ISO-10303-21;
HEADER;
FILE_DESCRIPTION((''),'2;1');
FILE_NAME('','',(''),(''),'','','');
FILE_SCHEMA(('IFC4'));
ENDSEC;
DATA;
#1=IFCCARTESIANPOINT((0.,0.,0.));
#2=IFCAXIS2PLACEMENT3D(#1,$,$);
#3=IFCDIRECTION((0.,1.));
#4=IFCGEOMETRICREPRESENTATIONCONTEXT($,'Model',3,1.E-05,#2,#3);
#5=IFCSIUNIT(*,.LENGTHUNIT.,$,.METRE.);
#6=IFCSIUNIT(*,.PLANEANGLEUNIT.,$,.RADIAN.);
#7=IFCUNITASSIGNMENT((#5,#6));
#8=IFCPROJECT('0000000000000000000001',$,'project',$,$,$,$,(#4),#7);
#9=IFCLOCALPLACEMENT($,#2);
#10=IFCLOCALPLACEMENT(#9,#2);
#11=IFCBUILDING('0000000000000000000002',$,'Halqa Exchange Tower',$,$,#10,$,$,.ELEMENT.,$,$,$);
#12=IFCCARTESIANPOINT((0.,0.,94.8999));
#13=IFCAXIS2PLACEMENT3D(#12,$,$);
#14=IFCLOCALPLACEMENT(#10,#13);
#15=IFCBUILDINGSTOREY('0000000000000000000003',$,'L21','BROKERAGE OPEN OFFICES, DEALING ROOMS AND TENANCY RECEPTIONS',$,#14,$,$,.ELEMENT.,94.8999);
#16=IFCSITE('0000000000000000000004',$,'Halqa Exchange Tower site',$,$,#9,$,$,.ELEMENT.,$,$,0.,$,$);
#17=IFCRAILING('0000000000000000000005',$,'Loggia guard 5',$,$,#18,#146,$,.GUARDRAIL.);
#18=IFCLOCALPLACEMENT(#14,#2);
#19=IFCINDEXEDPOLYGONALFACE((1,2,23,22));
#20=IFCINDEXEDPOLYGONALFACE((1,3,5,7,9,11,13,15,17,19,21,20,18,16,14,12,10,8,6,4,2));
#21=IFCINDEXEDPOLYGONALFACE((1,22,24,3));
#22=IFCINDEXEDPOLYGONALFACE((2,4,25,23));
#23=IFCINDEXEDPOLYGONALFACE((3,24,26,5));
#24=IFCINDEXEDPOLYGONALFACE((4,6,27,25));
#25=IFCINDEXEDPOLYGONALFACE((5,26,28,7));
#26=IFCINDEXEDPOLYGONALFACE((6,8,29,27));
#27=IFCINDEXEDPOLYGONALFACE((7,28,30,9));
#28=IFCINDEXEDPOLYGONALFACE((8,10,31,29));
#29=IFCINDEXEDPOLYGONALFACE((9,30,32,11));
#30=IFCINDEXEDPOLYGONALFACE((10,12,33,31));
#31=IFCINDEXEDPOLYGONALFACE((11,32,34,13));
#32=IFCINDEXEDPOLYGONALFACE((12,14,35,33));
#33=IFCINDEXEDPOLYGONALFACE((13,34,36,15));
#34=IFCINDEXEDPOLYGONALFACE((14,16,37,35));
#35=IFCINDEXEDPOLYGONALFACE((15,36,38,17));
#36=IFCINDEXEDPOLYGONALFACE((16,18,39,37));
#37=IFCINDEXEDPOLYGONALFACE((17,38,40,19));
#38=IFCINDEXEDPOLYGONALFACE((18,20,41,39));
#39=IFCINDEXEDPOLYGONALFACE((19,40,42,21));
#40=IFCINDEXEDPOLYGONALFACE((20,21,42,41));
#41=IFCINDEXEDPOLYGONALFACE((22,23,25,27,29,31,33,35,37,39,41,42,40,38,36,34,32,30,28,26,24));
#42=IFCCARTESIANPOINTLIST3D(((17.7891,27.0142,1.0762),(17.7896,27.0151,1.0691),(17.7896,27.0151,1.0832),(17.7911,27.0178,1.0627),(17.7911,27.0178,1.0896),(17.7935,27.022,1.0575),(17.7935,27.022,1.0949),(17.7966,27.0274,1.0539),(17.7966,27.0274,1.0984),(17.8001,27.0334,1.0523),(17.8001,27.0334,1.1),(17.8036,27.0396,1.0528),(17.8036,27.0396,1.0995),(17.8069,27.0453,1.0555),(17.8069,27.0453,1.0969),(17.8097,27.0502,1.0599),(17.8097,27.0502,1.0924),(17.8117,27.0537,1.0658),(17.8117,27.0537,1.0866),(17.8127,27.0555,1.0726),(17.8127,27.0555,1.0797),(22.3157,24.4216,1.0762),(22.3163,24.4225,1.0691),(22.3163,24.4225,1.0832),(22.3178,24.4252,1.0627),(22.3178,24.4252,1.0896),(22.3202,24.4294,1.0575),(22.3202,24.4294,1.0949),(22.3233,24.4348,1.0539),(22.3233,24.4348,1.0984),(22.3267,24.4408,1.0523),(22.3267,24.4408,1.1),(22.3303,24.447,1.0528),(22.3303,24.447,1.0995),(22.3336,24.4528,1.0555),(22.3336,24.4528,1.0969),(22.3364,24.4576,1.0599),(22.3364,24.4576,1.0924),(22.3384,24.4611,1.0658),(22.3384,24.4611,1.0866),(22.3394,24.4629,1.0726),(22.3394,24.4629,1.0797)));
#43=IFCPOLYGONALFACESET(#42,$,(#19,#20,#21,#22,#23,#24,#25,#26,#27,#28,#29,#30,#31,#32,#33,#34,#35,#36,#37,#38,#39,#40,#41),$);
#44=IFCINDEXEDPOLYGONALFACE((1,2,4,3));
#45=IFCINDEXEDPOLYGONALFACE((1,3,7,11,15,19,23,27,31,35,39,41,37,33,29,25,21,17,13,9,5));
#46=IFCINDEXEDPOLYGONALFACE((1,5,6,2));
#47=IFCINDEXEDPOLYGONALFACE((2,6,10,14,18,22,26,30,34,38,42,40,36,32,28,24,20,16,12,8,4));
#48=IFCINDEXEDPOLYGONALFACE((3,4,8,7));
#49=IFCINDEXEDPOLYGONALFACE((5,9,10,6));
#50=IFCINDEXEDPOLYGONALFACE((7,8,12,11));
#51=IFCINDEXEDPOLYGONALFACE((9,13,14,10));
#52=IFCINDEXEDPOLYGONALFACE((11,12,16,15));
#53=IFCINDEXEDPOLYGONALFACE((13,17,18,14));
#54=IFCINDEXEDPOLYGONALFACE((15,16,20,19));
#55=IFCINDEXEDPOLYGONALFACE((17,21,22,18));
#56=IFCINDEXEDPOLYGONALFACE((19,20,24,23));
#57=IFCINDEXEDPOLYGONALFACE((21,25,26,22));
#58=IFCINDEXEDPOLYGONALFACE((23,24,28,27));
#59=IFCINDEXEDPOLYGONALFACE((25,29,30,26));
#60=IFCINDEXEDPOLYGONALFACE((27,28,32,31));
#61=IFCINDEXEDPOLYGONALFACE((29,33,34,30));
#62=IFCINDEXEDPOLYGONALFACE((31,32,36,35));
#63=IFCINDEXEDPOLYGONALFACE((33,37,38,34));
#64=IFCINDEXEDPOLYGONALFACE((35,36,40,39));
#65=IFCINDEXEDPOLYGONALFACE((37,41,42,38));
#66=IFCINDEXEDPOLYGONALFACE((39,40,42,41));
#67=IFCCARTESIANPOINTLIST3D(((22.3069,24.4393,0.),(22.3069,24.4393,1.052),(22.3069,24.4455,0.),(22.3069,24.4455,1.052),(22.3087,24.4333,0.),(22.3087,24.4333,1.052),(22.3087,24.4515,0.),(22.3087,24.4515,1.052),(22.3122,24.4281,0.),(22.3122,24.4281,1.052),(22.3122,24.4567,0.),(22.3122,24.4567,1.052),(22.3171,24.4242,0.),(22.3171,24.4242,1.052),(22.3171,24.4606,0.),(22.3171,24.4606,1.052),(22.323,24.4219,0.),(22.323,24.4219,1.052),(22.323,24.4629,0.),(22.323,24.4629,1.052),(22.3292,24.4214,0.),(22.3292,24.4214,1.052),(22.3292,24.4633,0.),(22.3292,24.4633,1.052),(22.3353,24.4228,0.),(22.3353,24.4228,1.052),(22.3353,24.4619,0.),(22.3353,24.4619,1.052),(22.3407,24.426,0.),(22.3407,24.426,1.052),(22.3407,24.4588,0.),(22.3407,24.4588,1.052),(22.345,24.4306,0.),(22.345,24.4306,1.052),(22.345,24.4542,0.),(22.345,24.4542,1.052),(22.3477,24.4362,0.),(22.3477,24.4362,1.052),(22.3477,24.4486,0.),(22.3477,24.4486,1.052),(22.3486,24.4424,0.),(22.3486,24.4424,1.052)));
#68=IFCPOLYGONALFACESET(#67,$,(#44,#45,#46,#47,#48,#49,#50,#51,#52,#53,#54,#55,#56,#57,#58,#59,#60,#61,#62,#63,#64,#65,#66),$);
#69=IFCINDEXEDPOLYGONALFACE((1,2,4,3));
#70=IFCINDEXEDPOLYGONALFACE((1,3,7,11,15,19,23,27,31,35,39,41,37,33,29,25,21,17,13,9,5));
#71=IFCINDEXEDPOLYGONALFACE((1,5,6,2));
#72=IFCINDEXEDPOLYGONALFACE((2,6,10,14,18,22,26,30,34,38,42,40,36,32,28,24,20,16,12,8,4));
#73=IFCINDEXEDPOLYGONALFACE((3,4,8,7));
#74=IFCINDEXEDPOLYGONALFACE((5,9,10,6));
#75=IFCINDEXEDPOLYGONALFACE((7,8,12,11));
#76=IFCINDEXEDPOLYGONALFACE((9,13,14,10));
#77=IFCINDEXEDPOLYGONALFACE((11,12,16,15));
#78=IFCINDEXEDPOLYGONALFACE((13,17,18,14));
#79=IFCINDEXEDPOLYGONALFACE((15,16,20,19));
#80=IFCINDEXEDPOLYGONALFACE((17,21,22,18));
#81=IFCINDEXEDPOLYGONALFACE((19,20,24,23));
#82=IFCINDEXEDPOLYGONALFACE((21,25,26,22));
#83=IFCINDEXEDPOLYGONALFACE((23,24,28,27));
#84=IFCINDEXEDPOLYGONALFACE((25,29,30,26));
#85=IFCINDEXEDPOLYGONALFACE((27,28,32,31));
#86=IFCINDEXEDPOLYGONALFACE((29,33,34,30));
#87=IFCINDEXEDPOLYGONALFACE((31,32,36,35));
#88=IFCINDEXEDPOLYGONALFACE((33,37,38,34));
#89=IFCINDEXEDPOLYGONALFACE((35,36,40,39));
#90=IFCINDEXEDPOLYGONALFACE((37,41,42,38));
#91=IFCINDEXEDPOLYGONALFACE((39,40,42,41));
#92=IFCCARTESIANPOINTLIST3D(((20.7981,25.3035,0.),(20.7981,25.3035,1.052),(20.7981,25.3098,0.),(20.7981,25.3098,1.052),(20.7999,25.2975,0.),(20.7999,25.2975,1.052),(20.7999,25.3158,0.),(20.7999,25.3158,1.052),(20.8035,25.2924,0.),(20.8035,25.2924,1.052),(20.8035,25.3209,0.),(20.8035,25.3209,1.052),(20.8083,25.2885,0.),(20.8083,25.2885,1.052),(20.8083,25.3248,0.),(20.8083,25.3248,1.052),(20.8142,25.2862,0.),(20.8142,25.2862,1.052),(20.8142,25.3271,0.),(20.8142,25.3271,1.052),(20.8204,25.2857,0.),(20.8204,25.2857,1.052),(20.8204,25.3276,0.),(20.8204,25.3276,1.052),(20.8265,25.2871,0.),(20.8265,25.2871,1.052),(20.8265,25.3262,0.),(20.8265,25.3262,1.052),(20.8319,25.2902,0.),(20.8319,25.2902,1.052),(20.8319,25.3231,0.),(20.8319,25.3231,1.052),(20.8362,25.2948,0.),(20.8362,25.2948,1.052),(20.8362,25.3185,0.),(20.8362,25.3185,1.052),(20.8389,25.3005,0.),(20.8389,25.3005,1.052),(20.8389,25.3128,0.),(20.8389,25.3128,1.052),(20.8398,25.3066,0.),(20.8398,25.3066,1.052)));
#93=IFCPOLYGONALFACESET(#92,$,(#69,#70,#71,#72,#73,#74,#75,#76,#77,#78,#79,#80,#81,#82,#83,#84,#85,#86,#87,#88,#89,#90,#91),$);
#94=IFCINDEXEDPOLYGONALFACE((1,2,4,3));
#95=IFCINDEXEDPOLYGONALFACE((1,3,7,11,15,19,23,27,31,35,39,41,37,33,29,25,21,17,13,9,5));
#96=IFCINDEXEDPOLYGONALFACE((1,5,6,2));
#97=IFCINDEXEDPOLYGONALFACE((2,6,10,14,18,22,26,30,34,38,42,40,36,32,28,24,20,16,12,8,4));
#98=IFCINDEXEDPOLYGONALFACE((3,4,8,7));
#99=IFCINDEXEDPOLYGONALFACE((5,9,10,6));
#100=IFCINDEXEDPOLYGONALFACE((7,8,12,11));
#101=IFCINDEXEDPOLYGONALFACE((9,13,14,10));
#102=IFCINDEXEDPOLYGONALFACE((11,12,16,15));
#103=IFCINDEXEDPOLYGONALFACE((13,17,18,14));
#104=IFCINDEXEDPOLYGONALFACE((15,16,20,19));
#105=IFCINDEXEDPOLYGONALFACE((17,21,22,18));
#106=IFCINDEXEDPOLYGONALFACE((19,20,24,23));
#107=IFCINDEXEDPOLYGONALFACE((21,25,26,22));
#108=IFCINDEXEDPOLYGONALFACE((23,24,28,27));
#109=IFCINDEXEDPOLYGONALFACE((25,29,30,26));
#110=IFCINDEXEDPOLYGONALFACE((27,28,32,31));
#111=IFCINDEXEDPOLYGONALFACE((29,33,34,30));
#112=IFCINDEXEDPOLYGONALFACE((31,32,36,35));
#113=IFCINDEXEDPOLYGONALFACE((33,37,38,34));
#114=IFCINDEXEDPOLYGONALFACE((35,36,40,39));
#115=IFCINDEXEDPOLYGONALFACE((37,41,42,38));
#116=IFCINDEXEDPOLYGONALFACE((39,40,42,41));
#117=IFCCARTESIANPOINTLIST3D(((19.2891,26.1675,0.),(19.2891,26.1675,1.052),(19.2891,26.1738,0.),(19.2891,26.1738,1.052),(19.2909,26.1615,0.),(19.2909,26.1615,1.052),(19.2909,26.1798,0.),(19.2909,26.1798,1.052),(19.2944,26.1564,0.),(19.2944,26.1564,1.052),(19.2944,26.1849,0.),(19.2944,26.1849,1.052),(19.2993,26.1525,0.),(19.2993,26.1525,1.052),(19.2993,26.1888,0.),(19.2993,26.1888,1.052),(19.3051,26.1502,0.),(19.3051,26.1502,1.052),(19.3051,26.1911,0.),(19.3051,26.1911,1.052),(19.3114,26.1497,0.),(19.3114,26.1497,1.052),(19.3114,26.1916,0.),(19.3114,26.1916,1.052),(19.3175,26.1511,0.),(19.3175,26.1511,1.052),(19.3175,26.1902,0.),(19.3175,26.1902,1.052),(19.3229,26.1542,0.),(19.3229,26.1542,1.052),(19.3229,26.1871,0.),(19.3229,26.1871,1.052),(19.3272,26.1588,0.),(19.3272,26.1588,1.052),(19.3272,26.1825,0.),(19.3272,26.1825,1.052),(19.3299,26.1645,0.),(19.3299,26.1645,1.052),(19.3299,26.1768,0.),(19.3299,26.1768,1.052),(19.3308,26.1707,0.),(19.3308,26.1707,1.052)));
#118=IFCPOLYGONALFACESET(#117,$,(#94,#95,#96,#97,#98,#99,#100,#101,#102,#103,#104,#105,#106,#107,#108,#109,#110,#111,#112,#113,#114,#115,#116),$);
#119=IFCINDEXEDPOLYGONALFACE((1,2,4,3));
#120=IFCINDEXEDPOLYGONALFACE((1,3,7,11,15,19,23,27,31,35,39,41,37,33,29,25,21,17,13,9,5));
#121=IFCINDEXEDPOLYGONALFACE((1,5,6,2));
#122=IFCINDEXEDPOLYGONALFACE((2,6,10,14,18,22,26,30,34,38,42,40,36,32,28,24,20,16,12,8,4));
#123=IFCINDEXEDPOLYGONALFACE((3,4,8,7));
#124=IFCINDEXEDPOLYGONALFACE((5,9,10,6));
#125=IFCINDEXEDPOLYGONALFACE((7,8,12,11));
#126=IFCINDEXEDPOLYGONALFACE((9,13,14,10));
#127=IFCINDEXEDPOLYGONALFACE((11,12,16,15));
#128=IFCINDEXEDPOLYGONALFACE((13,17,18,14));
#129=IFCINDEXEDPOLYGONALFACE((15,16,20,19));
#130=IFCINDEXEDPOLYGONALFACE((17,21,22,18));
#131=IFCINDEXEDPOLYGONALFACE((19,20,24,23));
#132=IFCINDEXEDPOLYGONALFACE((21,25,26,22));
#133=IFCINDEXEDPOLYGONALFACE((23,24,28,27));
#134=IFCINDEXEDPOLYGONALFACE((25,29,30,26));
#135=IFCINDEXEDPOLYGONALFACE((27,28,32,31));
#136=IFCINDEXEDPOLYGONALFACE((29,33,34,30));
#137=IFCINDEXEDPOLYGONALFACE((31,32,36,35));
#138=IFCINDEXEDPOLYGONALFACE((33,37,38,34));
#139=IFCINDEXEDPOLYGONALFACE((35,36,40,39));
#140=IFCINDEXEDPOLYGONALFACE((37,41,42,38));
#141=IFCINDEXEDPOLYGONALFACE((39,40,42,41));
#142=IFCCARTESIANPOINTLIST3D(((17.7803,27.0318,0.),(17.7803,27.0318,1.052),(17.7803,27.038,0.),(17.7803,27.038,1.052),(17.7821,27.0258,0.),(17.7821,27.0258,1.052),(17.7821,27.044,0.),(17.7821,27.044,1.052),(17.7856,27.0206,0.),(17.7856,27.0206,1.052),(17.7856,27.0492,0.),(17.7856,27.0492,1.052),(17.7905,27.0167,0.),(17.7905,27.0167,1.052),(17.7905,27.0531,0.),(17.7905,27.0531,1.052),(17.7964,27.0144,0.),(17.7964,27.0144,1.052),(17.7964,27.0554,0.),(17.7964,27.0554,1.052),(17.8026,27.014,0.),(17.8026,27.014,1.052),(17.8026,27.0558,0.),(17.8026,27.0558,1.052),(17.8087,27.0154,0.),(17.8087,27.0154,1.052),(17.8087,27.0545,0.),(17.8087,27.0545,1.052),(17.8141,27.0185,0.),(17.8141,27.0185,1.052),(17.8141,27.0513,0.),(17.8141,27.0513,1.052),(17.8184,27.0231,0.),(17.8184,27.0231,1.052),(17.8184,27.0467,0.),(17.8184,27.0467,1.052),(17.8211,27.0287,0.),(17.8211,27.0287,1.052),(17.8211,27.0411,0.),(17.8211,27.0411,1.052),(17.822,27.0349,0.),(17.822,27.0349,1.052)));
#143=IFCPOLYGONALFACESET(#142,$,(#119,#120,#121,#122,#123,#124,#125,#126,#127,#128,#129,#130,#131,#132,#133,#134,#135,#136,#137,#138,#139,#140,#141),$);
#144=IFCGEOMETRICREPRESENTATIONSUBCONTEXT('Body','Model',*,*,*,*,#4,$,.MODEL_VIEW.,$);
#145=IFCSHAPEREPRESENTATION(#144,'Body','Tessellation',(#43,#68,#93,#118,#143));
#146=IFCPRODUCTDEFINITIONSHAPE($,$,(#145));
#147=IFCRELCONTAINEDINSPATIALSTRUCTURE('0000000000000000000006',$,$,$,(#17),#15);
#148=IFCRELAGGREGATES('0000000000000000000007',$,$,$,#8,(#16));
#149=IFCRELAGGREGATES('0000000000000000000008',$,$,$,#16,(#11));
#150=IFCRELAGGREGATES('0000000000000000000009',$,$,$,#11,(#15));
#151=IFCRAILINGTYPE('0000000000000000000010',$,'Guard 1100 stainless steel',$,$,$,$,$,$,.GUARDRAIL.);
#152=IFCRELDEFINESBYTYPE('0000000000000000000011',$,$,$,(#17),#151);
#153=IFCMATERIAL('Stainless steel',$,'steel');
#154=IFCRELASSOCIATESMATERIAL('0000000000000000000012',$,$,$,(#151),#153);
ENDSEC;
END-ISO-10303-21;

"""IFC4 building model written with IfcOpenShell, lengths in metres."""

from ifc_helpers import new_model, si_unit, direction, frame, origin, origin_2d, place, context, subcontext, project, spatial, circle, extrude, material, type_object, element, save


model = new_model("IFC4")

# Units and contexts
model_context = context("Model", 3, precision=1e-05, world=origin(), true_north=direction((0.0, 1.0)))
body_context = subcontext(model_context, "Body", "Model", "MODEL_VIEW")
ifc_project = project(units=[si_unit("LENGTHUNIT", "METRE"), si_unit("PLANEANGLEUNIT", "RADIAN")], contexts=[model_context])

# Site, building, storey
site_placement = place(None, origin())
site = spatial("IfcSite", under=ifc_project, at=site_placement, Name="Halqa Exchange Tower site", CompositionType="ELEMENT", RefElevation=0.0)
building_placement = place(site_placement, origin())
building = spatial("IfcBuilding", under=site, at=building_placement, Name="Halqa Exchange Tower", CompositionType="ELEMENT")
storey_placement = place(building_placement, frame((0.0, 0.0, 94.8999)))
storey = spatial("IfcBuildingStorey", under=building, at=storey_placement, Name="L21", Description="BROKERAGE OPEN OFFICES, DEALING ROOMS AND TENANCY RECEPTIONS", CompositionType="ELEMENT", Elevation=94.8999)

# Railing
ifc_material_1 = material(Name="Stainless steel", Category="steel")
railing_type = type_object("IfcRailingType", Name="Guard 1100 stainless steel", PredefinedType="GUARDRAIL", material=ifc_material_1)
railing_1_placement = place(storey_placement, frame((22.3276, 24.4424, 0.0)))
element("IfcRailing", 1, at=railing_1_placement, inside=storey, type_object=railing_type, Name="Loggia guard 5", PredefinedType="GUARDRAIL", context=body_context, shape_type="SweptSolid", body=[
    extrude(circle(Radius=0.0239, at=origin_2d()), frame((0.0, 0.0, 1.0762), z_axis=(-0.867756, 0.49699, 0.0), x_axis=(-0.49699, -0.867756, 0.0)), (0.0, 0.0, 1.0), 5.2166),
    extrude(circle(Radius=0.021, at=origin_2d()), origin(), (0.0, 0.0, 1.0), 1.052),
    extrude(circle(Radius=0.021, at=origin_2d()), frame((-1.5088, 0.8643, 0.0)), (0.0, 0.0, 1.0), 1.052),
    extrude(circle(Radius=0.021, at=origin_2d()), frame((-3.0178, 1.7283, 0.0)), (0.0, 0.0, 1.0), 1.052),
    extrude(circle(Radius=0.021, at=origin_2d()), frame((-4.5266, 2.5925, 0.0)), (0.0, 0.0, 1.0), 1.052),
])

save(model, "model.ifc")
